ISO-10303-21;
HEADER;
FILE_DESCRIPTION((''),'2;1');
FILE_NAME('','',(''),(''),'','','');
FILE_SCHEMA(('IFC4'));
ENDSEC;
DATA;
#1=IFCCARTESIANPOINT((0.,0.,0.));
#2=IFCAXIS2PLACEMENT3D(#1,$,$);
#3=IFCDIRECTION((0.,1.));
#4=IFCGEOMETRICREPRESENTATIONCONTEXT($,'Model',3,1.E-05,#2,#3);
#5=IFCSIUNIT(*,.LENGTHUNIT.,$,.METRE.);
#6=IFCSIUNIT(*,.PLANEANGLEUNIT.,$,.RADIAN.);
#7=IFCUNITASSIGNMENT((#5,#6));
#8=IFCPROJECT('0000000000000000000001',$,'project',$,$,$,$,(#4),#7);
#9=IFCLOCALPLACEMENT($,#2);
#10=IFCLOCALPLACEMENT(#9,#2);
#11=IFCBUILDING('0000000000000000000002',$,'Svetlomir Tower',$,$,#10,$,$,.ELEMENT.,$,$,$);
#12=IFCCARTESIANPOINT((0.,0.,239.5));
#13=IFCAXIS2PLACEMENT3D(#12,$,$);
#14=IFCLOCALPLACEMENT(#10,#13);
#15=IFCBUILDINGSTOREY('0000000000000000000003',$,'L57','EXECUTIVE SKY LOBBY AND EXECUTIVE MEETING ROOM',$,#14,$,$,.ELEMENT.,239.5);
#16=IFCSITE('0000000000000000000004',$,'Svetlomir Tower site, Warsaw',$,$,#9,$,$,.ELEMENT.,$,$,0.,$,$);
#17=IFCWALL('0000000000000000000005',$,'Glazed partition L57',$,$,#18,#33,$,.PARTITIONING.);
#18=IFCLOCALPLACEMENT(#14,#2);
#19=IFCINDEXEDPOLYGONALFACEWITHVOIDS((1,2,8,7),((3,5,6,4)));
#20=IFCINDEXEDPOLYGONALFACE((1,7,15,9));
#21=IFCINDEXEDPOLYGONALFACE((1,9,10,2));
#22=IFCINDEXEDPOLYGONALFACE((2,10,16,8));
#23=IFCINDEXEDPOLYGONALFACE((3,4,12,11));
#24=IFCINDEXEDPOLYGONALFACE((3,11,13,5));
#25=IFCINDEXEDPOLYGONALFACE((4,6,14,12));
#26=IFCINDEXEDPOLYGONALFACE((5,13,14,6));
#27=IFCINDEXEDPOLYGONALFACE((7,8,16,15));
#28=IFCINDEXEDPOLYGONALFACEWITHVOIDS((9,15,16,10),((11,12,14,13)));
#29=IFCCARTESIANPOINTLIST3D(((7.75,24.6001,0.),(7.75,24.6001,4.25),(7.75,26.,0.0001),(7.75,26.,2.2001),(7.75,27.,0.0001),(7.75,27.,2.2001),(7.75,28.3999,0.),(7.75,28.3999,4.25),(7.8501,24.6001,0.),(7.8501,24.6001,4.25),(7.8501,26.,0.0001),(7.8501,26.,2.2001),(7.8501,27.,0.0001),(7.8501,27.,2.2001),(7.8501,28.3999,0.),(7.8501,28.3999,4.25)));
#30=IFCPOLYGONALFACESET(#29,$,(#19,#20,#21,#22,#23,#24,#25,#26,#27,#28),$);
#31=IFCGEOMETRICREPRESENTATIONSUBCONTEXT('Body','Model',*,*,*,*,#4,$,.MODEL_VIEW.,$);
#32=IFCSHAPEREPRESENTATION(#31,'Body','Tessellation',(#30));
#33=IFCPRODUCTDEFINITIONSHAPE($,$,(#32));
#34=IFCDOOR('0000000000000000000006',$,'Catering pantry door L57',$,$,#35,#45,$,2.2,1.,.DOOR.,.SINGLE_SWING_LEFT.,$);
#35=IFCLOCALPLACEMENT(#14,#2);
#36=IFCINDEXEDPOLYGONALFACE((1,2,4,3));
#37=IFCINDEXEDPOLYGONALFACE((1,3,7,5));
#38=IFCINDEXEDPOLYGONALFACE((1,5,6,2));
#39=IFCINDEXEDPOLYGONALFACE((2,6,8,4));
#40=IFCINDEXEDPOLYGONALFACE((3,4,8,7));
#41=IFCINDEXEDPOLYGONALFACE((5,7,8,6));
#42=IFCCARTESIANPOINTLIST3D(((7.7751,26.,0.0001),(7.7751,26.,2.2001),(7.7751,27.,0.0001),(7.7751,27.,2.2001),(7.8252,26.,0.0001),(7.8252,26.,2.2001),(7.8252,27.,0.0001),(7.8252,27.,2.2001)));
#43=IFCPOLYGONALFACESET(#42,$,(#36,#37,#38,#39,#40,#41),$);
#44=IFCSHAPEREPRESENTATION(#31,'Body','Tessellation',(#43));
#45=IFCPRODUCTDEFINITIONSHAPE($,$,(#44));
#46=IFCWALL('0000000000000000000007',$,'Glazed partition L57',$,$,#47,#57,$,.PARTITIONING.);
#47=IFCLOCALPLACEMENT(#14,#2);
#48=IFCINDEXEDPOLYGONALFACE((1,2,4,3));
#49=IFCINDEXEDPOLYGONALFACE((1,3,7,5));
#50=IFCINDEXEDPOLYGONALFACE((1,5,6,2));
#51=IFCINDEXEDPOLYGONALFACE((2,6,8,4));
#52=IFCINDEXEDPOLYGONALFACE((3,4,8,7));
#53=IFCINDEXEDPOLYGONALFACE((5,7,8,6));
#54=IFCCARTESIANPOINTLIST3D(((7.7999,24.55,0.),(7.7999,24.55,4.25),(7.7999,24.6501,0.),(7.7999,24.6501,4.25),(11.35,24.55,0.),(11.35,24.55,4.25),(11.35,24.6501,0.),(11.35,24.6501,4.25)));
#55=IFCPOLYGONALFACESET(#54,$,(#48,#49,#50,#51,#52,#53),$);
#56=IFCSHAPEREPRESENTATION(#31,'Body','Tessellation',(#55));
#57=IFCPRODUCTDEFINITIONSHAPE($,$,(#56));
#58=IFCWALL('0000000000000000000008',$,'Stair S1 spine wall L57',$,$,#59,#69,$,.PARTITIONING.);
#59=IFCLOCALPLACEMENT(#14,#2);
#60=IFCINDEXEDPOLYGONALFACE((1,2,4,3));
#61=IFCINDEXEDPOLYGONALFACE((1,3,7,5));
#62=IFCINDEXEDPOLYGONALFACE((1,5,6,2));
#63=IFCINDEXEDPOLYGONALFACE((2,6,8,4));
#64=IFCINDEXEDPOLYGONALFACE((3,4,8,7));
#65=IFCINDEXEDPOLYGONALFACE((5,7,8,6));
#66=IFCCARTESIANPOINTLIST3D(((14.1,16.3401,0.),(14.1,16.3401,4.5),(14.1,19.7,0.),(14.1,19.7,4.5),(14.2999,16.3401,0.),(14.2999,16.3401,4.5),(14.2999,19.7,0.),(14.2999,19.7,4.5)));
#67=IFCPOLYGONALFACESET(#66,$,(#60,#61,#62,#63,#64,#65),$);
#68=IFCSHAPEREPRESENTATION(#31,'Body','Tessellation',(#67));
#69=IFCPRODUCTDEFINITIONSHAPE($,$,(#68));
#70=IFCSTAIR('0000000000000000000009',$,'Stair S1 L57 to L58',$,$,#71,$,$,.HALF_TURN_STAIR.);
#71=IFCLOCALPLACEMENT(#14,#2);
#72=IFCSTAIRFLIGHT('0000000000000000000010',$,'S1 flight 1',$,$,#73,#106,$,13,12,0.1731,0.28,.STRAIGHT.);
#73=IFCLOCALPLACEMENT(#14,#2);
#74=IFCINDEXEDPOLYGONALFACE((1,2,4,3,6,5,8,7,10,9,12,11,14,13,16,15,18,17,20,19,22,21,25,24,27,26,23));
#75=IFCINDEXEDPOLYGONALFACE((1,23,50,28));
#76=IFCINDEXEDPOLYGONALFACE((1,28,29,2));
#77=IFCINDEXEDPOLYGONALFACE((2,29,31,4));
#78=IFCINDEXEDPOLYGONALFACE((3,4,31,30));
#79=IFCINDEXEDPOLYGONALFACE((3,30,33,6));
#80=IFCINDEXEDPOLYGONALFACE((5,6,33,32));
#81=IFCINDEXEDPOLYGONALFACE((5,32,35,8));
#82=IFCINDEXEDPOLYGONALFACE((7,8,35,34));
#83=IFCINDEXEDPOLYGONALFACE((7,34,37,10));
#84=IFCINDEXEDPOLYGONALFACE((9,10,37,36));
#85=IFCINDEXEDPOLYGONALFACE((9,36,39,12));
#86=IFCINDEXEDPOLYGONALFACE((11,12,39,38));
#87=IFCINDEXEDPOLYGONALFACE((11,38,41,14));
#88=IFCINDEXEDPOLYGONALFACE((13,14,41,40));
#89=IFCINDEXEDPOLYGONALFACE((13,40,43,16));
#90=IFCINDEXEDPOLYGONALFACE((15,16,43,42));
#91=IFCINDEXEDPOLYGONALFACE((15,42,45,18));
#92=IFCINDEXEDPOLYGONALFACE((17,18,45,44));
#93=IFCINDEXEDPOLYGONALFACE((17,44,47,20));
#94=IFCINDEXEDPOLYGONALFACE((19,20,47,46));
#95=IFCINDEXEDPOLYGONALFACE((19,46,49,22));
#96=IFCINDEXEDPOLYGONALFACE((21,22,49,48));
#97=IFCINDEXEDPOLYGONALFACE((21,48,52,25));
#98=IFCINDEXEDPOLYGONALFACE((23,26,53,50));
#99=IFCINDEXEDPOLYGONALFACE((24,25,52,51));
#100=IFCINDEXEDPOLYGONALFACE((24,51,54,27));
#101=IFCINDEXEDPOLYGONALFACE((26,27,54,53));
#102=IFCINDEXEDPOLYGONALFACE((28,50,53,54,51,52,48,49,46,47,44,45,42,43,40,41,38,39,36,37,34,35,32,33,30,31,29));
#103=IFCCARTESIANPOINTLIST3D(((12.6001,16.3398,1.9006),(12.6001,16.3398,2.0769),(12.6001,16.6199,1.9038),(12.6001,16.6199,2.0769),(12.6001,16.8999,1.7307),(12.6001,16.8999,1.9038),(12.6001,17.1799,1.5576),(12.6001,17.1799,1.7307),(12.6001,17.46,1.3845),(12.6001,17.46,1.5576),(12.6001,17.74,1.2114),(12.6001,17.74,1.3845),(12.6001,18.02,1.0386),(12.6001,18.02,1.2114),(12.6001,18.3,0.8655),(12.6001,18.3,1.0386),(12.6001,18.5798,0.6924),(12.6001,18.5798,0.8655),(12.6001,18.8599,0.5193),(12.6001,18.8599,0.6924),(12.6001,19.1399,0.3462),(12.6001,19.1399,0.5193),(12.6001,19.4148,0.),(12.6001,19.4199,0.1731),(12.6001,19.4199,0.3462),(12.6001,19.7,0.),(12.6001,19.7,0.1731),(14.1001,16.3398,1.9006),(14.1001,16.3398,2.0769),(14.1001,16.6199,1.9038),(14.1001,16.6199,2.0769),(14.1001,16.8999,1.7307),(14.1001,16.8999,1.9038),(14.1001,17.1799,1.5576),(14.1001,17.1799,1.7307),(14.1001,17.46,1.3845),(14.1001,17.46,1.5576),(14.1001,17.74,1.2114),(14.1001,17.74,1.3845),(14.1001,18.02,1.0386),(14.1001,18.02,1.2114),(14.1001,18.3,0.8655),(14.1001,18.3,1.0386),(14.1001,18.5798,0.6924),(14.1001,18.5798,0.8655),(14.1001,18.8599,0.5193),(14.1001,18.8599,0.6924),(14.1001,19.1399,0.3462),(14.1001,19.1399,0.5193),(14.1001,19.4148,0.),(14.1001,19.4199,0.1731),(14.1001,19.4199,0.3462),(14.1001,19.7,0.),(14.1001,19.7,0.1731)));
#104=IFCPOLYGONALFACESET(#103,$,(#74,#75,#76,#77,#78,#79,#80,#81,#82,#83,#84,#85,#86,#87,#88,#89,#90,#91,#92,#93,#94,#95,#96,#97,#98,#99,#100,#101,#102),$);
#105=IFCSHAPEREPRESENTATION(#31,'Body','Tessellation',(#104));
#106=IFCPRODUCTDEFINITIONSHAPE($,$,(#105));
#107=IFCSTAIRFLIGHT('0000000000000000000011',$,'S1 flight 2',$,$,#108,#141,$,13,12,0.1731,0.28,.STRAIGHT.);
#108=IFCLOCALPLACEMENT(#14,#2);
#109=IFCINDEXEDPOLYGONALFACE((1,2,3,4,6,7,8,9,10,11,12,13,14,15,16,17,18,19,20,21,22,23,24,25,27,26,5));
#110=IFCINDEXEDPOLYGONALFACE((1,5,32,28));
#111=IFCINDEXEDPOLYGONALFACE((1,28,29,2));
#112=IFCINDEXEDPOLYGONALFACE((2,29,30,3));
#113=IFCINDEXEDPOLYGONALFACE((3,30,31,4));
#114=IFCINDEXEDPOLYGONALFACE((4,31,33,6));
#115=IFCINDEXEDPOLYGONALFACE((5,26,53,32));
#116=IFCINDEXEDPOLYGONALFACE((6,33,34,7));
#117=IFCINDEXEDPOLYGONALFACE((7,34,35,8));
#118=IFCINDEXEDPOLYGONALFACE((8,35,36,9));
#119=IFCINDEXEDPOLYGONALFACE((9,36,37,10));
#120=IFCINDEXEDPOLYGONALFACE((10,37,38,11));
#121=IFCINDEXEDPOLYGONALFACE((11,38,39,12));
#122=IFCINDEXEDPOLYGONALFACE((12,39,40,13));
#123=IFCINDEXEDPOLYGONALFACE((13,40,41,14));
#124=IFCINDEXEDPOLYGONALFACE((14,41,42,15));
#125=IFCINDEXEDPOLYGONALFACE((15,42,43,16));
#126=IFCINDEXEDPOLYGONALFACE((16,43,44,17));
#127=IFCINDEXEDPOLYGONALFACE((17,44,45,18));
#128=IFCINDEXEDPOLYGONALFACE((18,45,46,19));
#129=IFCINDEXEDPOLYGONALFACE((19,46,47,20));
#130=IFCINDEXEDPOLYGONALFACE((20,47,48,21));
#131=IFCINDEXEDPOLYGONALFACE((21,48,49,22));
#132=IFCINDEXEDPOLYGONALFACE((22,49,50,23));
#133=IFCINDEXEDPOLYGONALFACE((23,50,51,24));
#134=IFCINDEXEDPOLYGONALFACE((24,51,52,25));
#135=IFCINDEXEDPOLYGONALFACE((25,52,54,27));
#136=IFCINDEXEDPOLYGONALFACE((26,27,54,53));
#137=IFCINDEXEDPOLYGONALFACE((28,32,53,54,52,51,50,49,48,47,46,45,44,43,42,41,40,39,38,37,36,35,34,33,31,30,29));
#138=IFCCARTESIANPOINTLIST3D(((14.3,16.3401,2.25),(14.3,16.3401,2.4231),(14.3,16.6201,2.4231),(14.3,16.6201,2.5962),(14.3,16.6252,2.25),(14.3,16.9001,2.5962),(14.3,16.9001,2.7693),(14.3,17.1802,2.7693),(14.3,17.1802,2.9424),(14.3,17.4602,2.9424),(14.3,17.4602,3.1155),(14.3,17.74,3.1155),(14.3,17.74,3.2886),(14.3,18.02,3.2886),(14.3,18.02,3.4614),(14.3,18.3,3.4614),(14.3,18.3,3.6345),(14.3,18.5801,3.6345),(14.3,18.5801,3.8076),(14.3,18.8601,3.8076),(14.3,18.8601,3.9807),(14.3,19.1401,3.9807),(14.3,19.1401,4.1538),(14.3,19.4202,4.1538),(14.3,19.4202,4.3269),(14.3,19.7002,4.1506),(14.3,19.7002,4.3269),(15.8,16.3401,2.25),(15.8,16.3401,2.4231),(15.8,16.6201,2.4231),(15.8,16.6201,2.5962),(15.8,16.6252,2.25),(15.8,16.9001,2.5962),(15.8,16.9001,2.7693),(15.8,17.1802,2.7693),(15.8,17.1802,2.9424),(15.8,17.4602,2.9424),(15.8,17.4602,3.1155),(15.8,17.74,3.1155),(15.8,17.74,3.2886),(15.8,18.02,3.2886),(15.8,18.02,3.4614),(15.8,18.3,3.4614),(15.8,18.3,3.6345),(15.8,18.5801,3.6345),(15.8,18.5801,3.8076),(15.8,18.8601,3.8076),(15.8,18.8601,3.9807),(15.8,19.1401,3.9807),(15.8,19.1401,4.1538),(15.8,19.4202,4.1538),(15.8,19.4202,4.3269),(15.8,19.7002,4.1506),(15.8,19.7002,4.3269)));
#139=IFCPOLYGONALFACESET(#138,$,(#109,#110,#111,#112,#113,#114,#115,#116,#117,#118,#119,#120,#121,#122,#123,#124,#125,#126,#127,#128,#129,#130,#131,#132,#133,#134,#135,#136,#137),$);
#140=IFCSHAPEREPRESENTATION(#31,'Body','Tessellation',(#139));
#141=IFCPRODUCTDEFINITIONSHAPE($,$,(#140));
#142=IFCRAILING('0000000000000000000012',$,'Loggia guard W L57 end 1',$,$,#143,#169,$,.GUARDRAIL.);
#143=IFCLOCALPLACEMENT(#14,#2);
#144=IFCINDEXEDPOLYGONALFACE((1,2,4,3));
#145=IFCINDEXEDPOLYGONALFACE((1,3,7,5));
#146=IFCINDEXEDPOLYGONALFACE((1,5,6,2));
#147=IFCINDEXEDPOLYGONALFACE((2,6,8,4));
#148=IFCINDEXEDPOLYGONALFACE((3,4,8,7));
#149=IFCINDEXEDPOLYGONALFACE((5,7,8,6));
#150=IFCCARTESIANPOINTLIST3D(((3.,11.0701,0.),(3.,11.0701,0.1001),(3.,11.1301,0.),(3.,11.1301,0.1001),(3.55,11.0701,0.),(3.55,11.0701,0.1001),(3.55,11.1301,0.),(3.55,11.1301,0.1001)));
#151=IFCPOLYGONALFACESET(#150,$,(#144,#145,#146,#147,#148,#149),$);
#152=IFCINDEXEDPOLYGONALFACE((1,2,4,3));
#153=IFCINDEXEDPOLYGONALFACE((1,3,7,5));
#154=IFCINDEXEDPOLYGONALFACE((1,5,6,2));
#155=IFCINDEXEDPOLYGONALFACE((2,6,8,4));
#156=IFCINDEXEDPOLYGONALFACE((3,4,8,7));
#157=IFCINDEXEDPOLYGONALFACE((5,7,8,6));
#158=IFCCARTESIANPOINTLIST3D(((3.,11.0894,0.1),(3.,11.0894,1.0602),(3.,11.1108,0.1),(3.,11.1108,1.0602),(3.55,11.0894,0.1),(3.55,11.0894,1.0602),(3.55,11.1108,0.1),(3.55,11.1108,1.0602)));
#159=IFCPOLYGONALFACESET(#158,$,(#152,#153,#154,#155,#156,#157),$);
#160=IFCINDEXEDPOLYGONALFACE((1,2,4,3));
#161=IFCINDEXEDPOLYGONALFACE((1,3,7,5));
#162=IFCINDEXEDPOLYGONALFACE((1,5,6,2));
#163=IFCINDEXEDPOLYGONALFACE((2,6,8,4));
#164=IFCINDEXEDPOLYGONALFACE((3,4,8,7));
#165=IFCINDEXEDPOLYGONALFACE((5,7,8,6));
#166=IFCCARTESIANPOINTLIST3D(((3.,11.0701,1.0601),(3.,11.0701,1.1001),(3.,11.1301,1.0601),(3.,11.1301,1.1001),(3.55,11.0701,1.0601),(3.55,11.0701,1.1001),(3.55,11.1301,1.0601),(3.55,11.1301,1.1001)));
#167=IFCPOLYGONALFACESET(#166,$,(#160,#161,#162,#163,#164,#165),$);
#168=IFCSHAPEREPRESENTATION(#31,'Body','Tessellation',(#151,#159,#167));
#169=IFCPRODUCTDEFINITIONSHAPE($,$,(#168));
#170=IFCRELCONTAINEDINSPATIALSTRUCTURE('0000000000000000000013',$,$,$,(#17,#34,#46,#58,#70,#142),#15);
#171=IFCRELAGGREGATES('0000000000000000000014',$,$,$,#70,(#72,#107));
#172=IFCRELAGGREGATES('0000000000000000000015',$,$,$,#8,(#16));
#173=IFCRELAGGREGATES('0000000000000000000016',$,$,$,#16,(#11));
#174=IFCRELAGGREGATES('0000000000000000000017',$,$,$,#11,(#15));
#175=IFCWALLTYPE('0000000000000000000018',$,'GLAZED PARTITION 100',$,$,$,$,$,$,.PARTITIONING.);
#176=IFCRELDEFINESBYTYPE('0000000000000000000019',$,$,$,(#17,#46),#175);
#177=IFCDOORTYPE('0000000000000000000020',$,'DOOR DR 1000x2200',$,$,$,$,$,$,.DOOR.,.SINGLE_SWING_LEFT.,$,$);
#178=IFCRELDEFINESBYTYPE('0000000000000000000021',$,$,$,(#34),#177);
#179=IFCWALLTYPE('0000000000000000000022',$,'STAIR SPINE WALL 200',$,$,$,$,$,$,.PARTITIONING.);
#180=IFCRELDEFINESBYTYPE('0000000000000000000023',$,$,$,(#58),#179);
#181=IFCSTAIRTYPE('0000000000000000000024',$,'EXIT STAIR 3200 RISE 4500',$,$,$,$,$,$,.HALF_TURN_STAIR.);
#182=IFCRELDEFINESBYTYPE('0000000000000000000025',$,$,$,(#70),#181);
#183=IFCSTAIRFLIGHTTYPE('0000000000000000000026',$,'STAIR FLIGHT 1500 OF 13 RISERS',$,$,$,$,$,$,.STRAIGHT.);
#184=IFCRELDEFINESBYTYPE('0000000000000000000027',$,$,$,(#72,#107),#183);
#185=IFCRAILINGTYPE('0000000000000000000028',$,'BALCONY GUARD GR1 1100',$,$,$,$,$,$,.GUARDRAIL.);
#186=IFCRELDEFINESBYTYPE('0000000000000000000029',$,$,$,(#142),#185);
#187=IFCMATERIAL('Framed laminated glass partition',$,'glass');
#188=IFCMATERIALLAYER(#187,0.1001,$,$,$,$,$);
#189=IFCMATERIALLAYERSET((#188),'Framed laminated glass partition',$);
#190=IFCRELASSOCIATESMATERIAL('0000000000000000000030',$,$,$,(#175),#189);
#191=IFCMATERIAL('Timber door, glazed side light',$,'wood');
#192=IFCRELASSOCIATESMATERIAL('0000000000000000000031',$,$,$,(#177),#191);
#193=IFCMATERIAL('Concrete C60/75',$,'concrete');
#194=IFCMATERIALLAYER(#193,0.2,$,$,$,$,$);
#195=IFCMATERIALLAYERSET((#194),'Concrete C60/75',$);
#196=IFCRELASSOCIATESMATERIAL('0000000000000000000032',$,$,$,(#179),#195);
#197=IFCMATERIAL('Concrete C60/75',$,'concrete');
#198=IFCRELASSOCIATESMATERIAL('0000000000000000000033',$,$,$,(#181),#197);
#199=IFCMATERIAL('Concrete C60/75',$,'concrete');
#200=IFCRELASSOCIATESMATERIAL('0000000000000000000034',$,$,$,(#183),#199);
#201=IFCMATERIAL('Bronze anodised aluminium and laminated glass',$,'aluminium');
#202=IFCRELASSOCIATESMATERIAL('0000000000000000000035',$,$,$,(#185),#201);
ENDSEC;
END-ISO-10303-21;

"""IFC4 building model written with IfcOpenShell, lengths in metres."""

from ifc_helpers import new_model, si_unit, direction, frame, frame_2d, origin, origin_2d, place, context, subcontext, project, spatial, polyline, rectangle, outline, extrude, material, layer, layer_set, type_object, element, fill, aggregate, save


model = new_model("IFC4")

# Units and contexts
model_context = context("Model", 3, precision=1e-05, world=origin(), true_north=direction((0.0, 1.0)))
body_context = subcontext(model_context, "Body", "Model", "MODEL_VIEW")
ifc_project = project(units=[si_unit("LENGTHUNIT", "METRE"), si_unit("PLANEANGLEUNIT", "RADIAN")], contexts=[model_context])

# Site, building, storey
site_placement = place(None, origin())
site = spatial("IfcSite", under=ifc_project, at=site_placement, Name="Svetlomir Tower site, Warsaw", CompositionType="ELEMENT", RefElevation=0.0)
building_placement = place(site_placement, origin())
building = spatial("IfcBuilding", under=site, at=building_placement, Name="Svetlomir Tower", CompositionType="ELEMENT")
storey_placement = place(building_placement, frame((0.0, 0.0, 239.5)))
storey = spatial("IfcBuildingStorey", under=building, at=storey_placement, Name="L57", Description="EXECUTIVE SKY LOBBY AND EXECUTIVE MEETING ROOM", CompositionType="ELEMENT", Elevation=239.5)

# Wall, opening, door
ifc_material_1 = material(Name="Framed laminated glass partition", Category="glass")
ifc_layer_1 = layer(ifc_material_1, 0.1001)
ifc_layer_set_1 = layer_set([ifc_layer_1], Name="Framed laminated glass partition")
wall_type_1 = type_object("IfcWallType", Name="GLAZED PARTITION 100", PredefinedType="PARTITIONING", material=ifc_layer_set_1)
wall_1_placement = place(storey_placement, frame((7.8, 24.6001, 0.0), z_axis=(0.0, 0.0, 1.0), x_axis=(0.0, 1.0, 0.0)))
wall_1 = element("IfcWall", 1, at=wall_1_placement, inside=storey, type_object=wall_type_1, Name="Glazed partition L57", PredefinedType="PARTITIONING", context=body_context, shape_type="SweptSolid", body=[
    extrude(rectangle(XDim=3.7998, YDim=0.1001, at=frame_2d((1.8999, 0.0))), origin(), (0.0, 0.0, 1.0), 4.25),
])
opening_1_placement = place(wall_1_placement, frame((1.3999, 0.0, 0.0)))
opening_1 = element("IfcOpeningElement", 2, at=opening_1_placement, cuts=wall_1, PredefinedType="OPENING", context=body_context, shape_type="SweptSolid", body=[
    extrude(rectangle(XDim=1.0, YDim=2.2, at=frame_2d((0.5, 1.1001))), frame((0.0, 0.0601, 0.0), z_axis=(0.0, -1.0, 0.0), x_axis=(1.0, 0.0, 0.0)), (0.0, 0.0, 1.0), 0.1201),
])
ifc_material_2 = material(Name="Timber door, glazed side light", Category="wood")
door_type_1 = type_object("IfcDoorType", Name="DOOR DR 1000x2200", OperationType="SINGLE_SWING_LEFT", PredefinedType="DOOR", material=ifc_material_2)
door_1_placement = place(opening_1_placement, origin())
door_1 = element("IfcDoor", 3, at=door_1_placement, inside=storey, type_object=door_type_1, Name="Catering pantry door L57", OperationType="SINGLE_SWING_LEFT", OverallHeight=2.2, OverallWidth=1.0, PredefinedType="DOOR", context=body_context, shape_type="SweptSolid", body=[
    extrude(rectangle(XDim=1.0, YDim=2.2, at=frame_2d((0.5, 1.1001))), frame((0.0, 0.0249, 0.0), z_axis=(0.0, -1.0, 0.0), x_axis=(1.0, 0.0, 0.0)), (0.0, 0.0, 1.0), 0.05),
])
fill(opening_1, door_1)

# Walls
wall_2_placement = place(storey_placement, frame((7.8, 24.6001, 0.0), z_axis=(0.0, 0.0, 1.0), x_axis=(1.0, 0.0, 0.0)))
element("IfcWall", 4, at=wall_2_placement, inside=storey, type_object=wall_type_1, Name="Glazed partition L57", PredefinedType="PARTITIONING", context=body_context, shape_type="SweptSolid", body=[
    extrude(rectangle(XDim=3.55, YDim=0.1001, at=frame_2d((1.7749, 0.0))), origin(), (0.0, 0.0, 1.0), 4.25),
])
ifc_material_3 = material(Name="Concrete C60/75", Category="concrete")
ifc_layer_2 = layer(ifc_material_3, 0.2)
ifc_layer_set_2 = layer_set([ifc_layer_2], Name="Concrete C60/75")
wall_type_2 = type_object("IfcWallType", Name="STAIR SPINE WALL 200", PredefinedType="PARTITIONING", material=ifc_layer_set_2)
wall_3_placement = place(storey_placement, frame((14.2, 16.3401, 0.0), z_axis=(0.0, 0.0, 1.0), x_axis=(0.0, 1.0, 0.0)))
element("IfcWall", 5, at=wall_3_placement, inside=storey, type_object=wall_type_2, Name="Stair S1 spine wall L57", PredefinedType="PARTITIONING", context=body_context, shape_type="SweptSolid", body=[
    extrude(rectangle(XDim=3.3599, YDim=0.2, at=frame_2d((1.6799, 0.0))), origin(), (0.0, 0.0, 1.0), 4.5),
])

# Stair, stair flights
ifc_material_4 = material(Name="Concrete C60/75", Category="concrete")
stair_type = type_object("IfcStairType", Name="EXIT STAIR 3200 RISE 4500", PredefinedType="HALF_TURN_STAIR", material=ifc_material_4)
stair_placement = place(storey_placement, origin())
stair = element("IfcStair", 6, at=stair_placement, inside=storey, type_object=stair_type, Name="Stair S1 L57 to L58", PredefinedType="HALF_TURN_STAIR")
ifc_material_5 = material(Name="Concrete C60/75", Category="concrete")
stair_flight_type = type_object("IfcStairFlightType", Name="STAIR FLIGHT 1500 OF 13 RISERS", PredefinedType="STRAIGHT", material=ifc_material_5)
stair_flight_1_placement = place(storey_placement, frame((13.3501, 19.7, 0.0), z_axis=(0.0, 0.0, 1.0), x_axis=(0.0, -1.0, 0.0)))
stair_flight_1 = element("IfcStairFlight", 7, at=stair_flight_1_placement, type_object=stair_flight_type, Name="S1 flight 1", NumberOfRisers=13, NumberOfTreads=12, PredefinedType="STRAIGHT", RiserHeight=0.1731, TreadLength=0.28, context=body_context, shape_type="SweptSolid", body=[
    extrude(outline(polyline([(0.0, 0.0), (0.0, 0.1731), (0.28, 0.1731), (0.28, 0.3462), (0.5601, 0.3462), (0.5601, 0.5193), (0.8401, 0.5193), (0.8401, 0.6924), (1.1201, 0.6924), (1.1201, 0.8655), (1.3999, 0.8655), (1.3999, 1.0386), (1.6799, 1.0386), (1.6799, 1.2114), (1.96, 1.2114), (1.96, 1.3845), (2.24, 1.3845), (2.24, 1.5576), (2.52, 1.5576), (2.52, 1.7307), (2.8, 1.7307), (2.8, 1.9038), (3.0801, 1.9038), (3.0801, 2.0769), (3.3601, 2.0769), (3.3601, 2.25), (3.3601, 1.9006), (0.2852, 0.0), (0.0, 0.0)])), frame((0.0, 0.75, 0.0), z_axis=(0.0, -1.0, 0.0), x_axis=(1.0, 0.0, 0.0)), (0.0, 0.0, 1.0), 1.5),
])
stair_flight_2_placement = place(storey_placement, frame((15.05, 16.3401, 2.25), z_axis=(0.0, 0.0, 1.0), x_axis=(0.0, 1.0, 0.0)))
stair_flight_2 = element("IfcStairFlight", 8, at=stair_flight_2_placement, type_object=stair_flight_type, Name="S1 flight 2", NumberOfRisers=13, NumberOfTreads=12, PredefinedType="STRAIGHT", RiserHeight=0.1731, TreadLength=0.28, context=body_context, shape_type="SweptSolid", body=[
    extrude(outline(polyline([(0.0, 0.0), (0.0, 0.1731), (0.28, 0.1731), (0.28, 0.3462), (0.5601, 0.3462), (0.5601, 0.5193), (0.8401, 0.5193), (0.8401, 0.6924), (1.1201, 0.6924), (1.1201, 0.8655), (1.3999, 0.8655), (1.3999, 1.0386), (1.6799, 1.0386), (1.6799, 1.2114), (1.96, 1.2114), (1.96, 1.3845), (2.24, 1.3845), (2.24, 1.5576), (2.52, 1.5576), (2.52, 1.7307), (2.8, 1.7307), (2.8, 1.9038), (3.0801, 1.9038), (3.0801, 2.0769), (3.3601, 2.0769), (3.3601, 2.25), (3.3601, 1.9006), (0.2852, 0.0), (0.0, 0.0)])), frame((0.0, 0.75, 0.0), z_axis=(0.0, -1.0, 0.0), x_axis=(1.0, 0.0, 0.0)), (0.0, 0.0, 1.0), 1.5),
])
aggregate(stair, [stair_flight_1, stair_flight_2])

# Railing
ifc_material_6 = material(Name="Bronze anodised aluminium and laminated glass", Category="aluminium")
railing_type_1 = type_object("IfcRailingType", Name="BALCONY GUARD GR1 1100", PredefinedType="GUARDRAIL", material=ifc_material_6)
railing_1_placement = place(storey_placement, frame((3.55, 11.1001, 0.0)))
element("IfcRailing", 9, at=railing_1_placement, inside=storey, type_object=railing_type_1, Name="Loggia guard W L57 end 1", PredefinedType="GUARDRAIL", context=body_context, shape_type="SweptSolid", body=[
    extrude(rectangle(XDim=0.0601, YDim=0.1001, at=origin_2d()), frame((0.0, 0.0, 0.05), z_axis=(-1.0, 0.0, 0.0), x_axis=(0.0, -1.0, 0.0)), (0.0, 0.0, 1.0), 0.55),
    extrude(rectangle(XDim=0.0215, YDim=0.9602, at=origin_2d()), frame((0.0, 0.0, 0.5801), z_axis=(-1.0, 0.0, 0.0), x_axis=(0.0, -1.0, 0.0)), (0.0, 0.0, 1.0), 0.55),
    extrude(rectangle(XDim=0.0601, YDim=0.04, at=origin_2d()), frame((0.0, 0.0, 1.0801), z_axis=(-1.0, 0.0, 0.0), x_axis=(0.0, -1.0, 0.0)), (0.0, 0.0, 1.0), 0.55),
])

save(model, "model.ifc")
